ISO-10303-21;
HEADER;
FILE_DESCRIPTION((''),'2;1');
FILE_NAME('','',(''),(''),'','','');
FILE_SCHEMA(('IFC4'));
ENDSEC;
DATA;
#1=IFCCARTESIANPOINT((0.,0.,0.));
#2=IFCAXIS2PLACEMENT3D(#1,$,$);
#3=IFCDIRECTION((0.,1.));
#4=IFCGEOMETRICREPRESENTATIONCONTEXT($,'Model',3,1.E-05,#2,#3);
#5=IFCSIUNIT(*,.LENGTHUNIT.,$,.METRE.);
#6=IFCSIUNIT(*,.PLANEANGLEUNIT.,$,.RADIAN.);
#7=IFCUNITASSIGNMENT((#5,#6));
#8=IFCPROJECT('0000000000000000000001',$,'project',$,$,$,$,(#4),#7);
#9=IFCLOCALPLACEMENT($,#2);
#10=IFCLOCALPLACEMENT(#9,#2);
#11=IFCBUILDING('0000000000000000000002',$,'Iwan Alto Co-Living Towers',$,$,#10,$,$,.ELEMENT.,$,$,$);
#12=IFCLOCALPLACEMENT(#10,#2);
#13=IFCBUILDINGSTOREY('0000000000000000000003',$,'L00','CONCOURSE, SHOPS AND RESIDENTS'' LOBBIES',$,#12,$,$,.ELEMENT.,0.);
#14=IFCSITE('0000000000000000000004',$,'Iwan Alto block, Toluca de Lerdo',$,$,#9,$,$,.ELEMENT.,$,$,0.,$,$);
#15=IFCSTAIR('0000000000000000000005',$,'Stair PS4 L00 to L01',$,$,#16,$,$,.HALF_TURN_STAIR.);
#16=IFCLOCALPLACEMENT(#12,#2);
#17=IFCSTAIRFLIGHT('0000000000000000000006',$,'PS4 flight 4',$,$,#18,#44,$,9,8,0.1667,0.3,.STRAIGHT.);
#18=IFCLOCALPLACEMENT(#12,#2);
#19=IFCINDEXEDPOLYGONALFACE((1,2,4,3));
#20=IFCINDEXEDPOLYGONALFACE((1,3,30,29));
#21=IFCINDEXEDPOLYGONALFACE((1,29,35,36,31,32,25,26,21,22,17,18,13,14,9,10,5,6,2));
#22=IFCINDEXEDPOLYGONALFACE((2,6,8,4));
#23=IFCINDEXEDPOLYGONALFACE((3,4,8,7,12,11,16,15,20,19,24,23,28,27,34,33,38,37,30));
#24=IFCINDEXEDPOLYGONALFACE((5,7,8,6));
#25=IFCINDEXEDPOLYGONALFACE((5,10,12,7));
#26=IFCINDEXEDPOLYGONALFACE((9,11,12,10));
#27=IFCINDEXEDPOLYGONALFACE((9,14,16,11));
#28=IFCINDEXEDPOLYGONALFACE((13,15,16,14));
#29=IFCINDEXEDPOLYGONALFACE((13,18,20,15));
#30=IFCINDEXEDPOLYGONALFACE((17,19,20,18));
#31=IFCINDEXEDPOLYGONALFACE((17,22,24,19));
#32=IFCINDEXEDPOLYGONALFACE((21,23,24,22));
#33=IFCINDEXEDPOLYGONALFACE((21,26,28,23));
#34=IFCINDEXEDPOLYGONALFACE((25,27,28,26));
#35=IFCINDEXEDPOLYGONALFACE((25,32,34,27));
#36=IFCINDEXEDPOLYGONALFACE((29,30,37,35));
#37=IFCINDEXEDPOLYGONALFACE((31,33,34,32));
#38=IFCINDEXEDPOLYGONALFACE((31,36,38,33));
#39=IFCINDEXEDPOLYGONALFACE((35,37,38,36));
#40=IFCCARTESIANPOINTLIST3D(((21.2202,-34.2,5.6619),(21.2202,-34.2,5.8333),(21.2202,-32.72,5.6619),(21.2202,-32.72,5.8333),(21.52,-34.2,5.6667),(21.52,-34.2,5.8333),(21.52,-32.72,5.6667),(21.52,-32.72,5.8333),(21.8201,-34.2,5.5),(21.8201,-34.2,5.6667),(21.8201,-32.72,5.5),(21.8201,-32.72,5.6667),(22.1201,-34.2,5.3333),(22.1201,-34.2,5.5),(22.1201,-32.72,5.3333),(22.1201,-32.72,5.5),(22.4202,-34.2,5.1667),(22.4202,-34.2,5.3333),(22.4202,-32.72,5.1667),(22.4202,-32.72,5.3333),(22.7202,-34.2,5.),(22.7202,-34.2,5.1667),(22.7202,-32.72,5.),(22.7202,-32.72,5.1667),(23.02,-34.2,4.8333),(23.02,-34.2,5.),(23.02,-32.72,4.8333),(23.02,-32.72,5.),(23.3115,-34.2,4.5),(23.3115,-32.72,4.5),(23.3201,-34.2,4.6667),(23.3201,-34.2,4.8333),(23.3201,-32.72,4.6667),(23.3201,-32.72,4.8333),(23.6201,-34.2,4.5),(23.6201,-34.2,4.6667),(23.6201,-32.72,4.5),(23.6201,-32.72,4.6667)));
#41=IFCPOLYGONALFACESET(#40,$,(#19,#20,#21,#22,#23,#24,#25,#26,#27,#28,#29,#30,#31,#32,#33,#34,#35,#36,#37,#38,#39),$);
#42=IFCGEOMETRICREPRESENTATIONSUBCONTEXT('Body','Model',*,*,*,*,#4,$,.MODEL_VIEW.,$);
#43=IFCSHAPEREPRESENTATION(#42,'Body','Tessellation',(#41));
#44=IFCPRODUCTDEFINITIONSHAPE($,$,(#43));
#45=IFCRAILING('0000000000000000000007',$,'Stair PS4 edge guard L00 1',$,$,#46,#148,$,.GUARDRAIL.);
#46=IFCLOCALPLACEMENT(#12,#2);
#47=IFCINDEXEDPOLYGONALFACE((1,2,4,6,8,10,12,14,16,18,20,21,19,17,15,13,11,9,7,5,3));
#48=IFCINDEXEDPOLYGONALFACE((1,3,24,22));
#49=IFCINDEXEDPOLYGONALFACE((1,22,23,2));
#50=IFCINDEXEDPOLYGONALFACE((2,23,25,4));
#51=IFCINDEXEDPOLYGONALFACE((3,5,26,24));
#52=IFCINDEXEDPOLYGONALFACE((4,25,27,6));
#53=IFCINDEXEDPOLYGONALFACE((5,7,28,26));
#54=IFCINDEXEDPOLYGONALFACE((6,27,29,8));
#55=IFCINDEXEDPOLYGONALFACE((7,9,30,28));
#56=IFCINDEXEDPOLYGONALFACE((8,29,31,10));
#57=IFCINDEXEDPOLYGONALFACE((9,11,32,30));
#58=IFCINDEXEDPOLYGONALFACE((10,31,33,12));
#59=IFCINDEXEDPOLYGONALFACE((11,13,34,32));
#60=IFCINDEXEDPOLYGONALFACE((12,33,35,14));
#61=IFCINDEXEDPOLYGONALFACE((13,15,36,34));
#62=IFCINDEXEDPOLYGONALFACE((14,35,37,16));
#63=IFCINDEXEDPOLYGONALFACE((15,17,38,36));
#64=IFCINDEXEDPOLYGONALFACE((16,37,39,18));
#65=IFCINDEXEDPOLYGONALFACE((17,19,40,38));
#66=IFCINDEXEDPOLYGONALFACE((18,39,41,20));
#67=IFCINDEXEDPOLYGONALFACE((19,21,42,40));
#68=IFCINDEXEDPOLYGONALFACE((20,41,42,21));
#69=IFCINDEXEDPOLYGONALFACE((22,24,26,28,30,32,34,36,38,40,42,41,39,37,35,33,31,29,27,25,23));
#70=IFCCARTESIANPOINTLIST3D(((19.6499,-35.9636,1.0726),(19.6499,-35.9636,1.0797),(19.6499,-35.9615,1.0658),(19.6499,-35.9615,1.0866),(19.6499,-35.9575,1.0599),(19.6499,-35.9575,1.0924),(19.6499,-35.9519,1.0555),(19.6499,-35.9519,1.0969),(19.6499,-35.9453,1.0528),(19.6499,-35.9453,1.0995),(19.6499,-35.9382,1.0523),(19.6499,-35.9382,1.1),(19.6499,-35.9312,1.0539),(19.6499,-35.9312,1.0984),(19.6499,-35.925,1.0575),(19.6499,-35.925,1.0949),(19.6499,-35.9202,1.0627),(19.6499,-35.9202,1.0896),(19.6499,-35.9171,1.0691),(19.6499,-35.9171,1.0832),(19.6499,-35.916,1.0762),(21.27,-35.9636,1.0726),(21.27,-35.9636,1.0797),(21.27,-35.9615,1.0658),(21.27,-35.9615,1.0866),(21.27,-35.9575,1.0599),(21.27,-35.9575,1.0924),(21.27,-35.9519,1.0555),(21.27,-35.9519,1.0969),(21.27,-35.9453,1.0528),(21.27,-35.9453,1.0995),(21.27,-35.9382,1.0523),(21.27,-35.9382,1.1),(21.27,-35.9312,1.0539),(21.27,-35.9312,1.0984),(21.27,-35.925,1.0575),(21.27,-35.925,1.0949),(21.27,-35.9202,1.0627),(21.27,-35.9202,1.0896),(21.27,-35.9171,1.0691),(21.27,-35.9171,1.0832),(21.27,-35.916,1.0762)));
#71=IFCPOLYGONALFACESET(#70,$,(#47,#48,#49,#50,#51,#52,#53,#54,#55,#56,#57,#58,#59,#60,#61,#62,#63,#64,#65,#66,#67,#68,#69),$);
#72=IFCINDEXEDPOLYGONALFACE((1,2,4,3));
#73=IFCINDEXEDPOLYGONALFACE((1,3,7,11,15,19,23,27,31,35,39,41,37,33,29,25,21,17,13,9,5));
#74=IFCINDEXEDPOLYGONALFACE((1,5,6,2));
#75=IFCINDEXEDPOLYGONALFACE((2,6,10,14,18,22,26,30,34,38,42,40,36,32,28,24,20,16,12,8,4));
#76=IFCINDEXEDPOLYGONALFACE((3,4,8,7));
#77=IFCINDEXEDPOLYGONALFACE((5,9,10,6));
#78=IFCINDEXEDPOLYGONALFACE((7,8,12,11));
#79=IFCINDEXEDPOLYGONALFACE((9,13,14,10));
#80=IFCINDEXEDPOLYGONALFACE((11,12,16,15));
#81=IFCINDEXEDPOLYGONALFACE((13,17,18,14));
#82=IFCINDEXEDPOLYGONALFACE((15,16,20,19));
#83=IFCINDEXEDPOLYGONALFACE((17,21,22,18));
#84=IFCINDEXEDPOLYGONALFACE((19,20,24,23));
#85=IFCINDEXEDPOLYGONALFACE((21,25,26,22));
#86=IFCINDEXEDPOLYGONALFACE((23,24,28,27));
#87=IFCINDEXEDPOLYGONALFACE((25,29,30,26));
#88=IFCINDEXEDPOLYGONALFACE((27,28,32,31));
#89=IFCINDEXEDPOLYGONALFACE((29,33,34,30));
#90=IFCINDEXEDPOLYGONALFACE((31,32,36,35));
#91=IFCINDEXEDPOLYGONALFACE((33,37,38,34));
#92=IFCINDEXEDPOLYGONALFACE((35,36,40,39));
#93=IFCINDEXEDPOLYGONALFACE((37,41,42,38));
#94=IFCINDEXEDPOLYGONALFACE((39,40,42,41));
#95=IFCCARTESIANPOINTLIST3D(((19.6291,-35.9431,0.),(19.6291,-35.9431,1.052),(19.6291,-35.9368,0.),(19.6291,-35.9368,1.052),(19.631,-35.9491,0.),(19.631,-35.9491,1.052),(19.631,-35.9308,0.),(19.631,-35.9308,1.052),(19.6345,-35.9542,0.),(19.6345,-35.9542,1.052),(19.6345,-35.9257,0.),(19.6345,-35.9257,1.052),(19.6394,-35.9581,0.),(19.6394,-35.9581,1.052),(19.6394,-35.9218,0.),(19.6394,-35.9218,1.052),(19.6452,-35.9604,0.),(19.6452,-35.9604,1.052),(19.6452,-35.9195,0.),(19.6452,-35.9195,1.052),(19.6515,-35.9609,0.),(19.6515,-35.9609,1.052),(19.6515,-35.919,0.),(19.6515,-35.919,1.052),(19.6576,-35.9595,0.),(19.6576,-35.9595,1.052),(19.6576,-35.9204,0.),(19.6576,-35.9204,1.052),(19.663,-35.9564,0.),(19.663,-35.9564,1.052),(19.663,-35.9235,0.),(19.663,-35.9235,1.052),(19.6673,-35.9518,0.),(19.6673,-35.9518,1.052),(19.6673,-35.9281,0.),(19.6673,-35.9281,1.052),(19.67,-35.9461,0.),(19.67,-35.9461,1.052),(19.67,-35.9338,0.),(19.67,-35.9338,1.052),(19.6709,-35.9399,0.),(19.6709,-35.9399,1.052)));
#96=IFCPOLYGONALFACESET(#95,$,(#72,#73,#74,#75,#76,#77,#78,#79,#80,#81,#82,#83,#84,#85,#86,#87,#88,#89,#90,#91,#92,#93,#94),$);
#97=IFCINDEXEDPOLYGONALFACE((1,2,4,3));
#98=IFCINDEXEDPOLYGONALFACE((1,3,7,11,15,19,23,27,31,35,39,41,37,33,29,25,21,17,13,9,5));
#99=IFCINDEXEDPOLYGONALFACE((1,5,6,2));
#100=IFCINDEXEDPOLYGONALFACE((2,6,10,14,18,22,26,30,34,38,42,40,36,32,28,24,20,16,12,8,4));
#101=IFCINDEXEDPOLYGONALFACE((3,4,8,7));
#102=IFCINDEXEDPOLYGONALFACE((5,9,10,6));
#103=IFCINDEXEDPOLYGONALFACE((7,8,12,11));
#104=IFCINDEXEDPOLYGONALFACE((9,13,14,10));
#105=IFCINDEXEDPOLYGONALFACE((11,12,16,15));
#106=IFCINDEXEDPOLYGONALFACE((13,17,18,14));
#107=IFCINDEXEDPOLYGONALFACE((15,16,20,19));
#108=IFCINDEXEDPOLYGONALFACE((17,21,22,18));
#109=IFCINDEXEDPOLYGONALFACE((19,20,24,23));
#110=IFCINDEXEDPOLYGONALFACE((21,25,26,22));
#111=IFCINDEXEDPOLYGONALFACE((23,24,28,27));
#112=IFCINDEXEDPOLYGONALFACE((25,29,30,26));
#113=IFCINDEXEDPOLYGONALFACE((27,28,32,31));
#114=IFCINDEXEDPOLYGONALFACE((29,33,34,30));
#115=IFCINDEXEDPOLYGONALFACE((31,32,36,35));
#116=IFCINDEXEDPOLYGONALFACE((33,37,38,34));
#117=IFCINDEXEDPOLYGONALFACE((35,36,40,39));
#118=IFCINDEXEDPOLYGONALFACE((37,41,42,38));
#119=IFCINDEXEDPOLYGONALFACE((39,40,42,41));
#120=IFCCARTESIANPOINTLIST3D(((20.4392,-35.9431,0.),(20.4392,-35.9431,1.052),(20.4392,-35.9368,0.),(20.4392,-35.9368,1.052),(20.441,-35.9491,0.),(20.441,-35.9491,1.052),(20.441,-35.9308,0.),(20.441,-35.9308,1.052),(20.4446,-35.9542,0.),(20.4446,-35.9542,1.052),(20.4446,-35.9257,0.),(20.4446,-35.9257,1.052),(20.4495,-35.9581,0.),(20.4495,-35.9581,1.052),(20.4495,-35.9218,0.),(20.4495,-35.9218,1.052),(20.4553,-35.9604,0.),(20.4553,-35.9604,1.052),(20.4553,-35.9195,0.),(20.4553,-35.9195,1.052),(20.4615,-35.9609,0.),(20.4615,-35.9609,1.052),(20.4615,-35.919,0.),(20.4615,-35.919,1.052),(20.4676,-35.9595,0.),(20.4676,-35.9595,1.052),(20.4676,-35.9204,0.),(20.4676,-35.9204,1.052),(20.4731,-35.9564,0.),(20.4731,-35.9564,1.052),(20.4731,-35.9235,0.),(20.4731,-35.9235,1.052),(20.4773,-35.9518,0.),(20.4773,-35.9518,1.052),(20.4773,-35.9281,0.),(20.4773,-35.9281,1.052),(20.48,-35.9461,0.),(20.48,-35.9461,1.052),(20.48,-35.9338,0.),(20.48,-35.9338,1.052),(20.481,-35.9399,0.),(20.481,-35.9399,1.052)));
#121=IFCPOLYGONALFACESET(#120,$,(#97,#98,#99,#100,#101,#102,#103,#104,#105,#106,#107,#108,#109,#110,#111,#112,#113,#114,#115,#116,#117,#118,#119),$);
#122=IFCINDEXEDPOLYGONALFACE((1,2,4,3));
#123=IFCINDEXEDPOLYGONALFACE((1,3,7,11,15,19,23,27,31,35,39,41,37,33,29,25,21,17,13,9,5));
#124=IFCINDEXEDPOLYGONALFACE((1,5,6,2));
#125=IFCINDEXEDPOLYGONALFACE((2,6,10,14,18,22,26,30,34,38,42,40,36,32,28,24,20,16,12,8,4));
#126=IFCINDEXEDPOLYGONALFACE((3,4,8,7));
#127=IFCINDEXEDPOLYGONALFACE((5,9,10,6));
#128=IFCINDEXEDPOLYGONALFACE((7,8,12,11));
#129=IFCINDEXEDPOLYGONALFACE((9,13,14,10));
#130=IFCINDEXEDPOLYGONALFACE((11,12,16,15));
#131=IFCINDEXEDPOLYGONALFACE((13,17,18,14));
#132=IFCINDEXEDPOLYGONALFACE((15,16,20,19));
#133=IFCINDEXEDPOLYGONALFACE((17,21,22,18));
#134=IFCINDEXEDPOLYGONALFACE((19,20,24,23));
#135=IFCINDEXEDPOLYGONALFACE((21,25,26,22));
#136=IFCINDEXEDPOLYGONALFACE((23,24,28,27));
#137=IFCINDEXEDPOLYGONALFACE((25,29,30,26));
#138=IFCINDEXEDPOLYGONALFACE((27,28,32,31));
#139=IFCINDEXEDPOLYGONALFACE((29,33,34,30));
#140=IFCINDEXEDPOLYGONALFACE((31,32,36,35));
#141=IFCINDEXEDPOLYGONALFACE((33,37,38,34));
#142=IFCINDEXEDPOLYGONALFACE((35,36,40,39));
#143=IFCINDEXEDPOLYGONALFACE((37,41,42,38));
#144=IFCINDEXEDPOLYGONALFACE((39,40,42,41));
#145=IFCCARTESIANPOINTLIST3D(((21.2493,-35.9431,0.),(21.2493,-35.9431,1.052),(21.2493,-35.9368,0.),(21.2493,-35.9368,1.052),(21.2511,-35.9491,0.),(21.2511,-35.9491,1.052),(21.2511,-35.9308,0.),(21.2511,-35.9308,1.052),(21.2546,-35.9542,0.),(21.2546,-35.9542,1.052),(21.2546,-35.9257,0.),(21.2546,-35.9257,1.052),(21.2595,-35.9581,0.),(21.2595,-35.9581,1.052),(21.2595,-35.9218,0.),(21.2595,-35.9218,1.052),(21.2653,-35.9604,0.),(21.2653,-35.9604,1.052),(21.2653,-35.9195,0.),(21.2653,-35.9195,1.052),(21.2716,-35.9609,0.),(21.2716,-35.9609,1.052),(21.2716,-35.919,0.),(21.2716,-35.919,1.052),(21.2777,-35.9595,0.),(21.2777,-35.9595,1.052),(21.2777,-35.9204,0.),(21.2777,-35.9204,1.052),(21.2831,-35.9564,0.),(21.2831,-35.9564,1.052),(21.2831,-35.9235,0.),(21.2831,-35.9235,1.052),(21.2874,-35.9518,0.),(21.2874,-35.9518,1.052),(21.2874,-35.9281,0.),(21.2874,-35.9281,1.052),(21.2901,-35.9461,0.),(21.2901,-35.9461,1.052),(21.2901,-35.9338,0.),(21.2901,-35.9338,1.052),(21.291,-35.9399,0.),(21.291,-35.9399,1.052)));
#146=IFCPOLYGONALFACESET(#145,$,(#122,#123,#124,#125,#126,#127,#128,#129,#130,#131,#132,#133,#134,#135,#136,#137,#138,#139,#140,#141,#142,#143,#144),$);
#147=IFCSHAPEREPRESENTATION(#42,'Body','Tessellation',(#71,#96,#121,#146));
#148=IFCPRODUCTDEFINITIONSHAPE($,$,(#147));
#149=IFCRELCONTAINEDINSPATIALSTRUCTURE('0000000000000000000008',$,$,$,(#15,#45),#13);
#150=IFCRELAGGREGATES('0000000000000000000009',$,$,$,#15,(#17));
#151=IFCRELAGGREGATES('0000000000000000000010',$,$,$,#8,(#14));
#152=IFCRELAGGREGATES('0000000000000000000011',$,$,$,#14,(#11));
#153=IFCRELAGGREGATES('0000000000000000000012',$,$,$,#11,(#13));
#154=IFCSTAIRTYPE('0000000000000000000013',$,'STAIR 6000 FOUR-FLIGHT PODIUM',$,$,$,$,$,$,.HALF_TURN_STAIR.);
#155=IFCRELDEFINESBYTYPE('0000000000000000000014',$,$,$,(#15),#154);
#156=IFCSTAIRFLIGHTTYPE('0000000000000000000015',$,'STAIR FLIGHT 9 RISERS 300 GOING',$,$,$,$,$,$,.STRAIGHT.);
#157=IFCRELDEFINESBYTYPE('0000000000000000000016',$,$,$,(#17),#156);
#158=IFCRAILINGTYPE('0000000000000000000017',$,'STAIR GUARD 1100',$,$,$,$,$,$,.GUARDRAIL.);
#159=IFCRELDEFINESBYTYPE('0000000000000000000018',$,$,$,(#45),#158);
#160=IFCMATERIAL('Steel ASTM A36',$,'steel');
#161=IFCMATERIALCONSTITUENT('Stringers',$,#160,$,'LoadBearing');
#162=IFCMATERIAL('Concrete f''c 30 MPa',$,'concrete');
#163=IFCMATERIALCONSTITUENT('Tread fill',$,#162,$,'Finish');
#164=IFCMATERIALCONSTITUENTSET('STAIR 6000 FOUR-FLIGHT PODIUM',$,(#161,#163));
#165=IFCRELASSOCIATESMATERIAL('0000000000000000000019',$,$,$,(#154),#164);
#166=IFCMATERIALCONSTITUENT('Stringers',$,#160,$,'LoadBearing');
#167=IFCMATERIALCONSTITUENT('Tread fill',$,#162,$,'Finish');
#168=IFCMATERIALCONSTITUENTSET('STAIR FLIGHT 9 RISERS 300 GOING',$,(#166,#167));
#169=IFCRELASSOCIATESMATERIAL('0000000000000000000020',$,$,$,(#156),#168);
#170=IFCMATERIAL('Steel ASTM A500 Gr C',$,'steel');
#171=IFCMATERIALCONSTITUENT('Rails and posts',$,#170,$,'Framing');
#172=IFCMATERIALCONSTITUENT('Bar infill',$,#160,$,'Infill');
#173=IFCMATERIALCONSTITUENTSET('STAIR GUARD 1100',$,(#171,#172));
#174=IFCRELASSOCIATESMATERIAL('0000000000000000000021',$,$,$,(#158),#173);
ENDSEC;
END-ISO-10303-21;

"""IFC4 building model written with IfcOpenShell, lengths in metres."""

from ifc_helpers import new_model, si_unit, direction, frame, origin, origin_2d, place, context, subcontext, project, spatial, polyline, circle, outline, extrude, material, constituent, constituent_set, type_object, element, aggregate, save


model = new_model("IFC4")

# Units and contexts
model_context = context("Model", 3, precision=1e-05, world=origin(), true_north=direction((0.0, 1.0)))
body_context = subcontext(model_context, "Body", "Model", "MODEL_VIEW")
ifc_project = project(units=[si_unit("LENGTHUNIT", "METRE"), si_unit("PLANEANGLEUNIT", "RADIAN")], contexts=[model_context])

# Site, building, storey
site_placement = place(None, origin())
site = spatial("IfcSite", under=ifc_project, at=site_placement, Name="Iwan Alto block, Toluca de Lerdo", CompositionType="ELEMENT", RefElevation=0.0)
building_placement = place(site_placement, origin())
building = spatial("IfcBuilding", under=site, at=building_placement, Name="Iwan Alto Co-Living Towers", CompositionType="ELEMENT")
storey_placement = place(building_placement, origin())
storey = spatial("IfcBuildingStorey", under=building, at=storey_placement, Name="L00", Description="CONCOURSE, SHOPS AND RESIDENTS' LOBBIES", CompositionType="ELEMENT", Elevation=0.0)

# Stair, stair flight
ifc_material_1 = material(Name="Steel ASTM A36", Category="steel")
ifc_constituent_1 = constituent(ifc_material_1, Name="Stringers", Category="LoadBearing")
ifc_material_2 = material(Name="Concrete f'c 30 MPa", Category="concrete")
ifc_constituent_2 = constituent(ifc_material_2, Name="Tread fill", Category="Finish")
ifc_constituent_set_1 = constituent_set(constituents=[ifc_constituent_1, ifc_constituent_2], Name="STAIR 6000 FOUR-FLIGHT PODIUM")
stair_type = type_object("IfcStairType", Name="STAIR 6000 FOUR-FLIGHT PODIUM", PredefinedType="HALF_TURN_STAIR", material=ifc_constituent_set_1)
stair_placement = place(storey_placement, origin())
stair = element("IfcStair", 1, at=stair_placement, inside=storey, type_object=stair_type, Name="Stair PS4 L00 to L01", PredefinedType="HALF_TURN_STAIR")
ifc_constituent_3 = constituent(ifc_material_1, Name="Stringers", Category="LoadBearing")
ifc_constituent_4 = constituent(ifc_material_2, Name="Tread fill", Category="Finish")
ifc_constituent_set_2 = constituent_set(constituents=[ifc_constituent_3, ifc_constituent_4], Name="STAIR FLIGHT 9 RISERS 300 GOING")
stair_flight_type = type_object("IfcStairFlightType", Name="STAIR FLIGHT 9 RISERS 300 GOING", PredefinedType="STRAIGHT", material=ifc_constituent_set_2)
stair_flight_1_placement = place(storey_placement, frame((23.6201, -33.46, 4.5), z_axis=(0.0, 0.0, 1.0), x_axis=(-1.0, 0.0, 0.0)))
stair_flight_1 = element("IfcStairFlight", 2, at=stair_flight_1_placement, type_object=stair_flight_type, Name="PS4 flight 4", NumberOfRisers=9, NumberOfTreads=8, PredefinedType="STRAIGHT", RiserHeight=0.1667, TreadLength=0.3, context=body_context, shape_type="SweptSolid", body=[
    extrude(outline(polyline([(0.0, 0.0), (0.0, 0.1667), (0.3, 0.1667), (0.3, 0.3333), (0.6001, 0.3333), (0.6001, 0.5), (0.8999, 0.5), (0.8999, 0.6667), (1.2, 0.6667), (1.2, 0.8333), (1.5, 0.8333), (1.5, 1.0), (1.8, 1.0), (1.8, 1.1667), (2.1001, 1.1667), (2.1001, 1.3333), (2.3999, 1.3333), (2.3999, 1.5), (2.3999, 1.1619), (0.3086, 0.0), (0.0, 0.0)])), frame((0.0, 0.74, 0.0), z_axis=(0.0, -1.0, 0.0), x_axis=(1.0, 0.0, 0.0)), (0.0, 0.0, 1.0), 1.48),
])
aggregate(stair, [stair_flight_1])

# Railing
ifc_material_3 = material(Name="Steel ASTM A500 Gr C", Category="steel")
ifc_constituent_5 = constituent(ifc_material_3, Name="Rails and posts", Category="Framing")
ifc_constituent_6 = constituent(ifc_material_1, Name="Bar infill", Category="Infill")
ifc_constituent_set_3 = constituent_set(constituents=[ifc_constituent_5, ifc_constituent_6], Name="STAIR GUARD 1100")
railing_type_1 = type_object("IfcRailingType", Name="STAIR GUARD 1100", PredefinedType="GUARDRAIL", material=ifc_constituent_set_3)
railing_1_placement = place(storey_placement, frame((19.6499, -35.9399, 0.0)))
element("IfcRailing", 3, at=railing_1_placement, inside=storey, type_object=railing_type_1, Name="Stair PS4 edge guard L00 1", PredefinedType="GUARDRAIL", context=body_context, shape_type="SweptSolid", body=[
    extrude(circle(Radius=0.0239, at=origin_2d()), frame((0.0, 0.0, 1.0762), z_axis=(1.0, 0.0, 0.0), x_axis=(0.0, 1.0, 0.0)), (0.0, 0.0, 1.0), 1.6201),
    extrude(circle(Radius=0.021, at=origin_2d()), origin(), (0.0, 0.0, 1.0), 1.052),
    extrude(circle(Radius=0.021, at=origin_2d()), frame((0.8101, 0.0, 0.0)), (0.0, 0.0, 1.0), 1.052),
    extrude(circle(Radius=0.021, at=origin_2d()), frame((1.6201, 0.0, 0.0)), (0.0, 0.0, 1.0), 1.052),
])

save(model, "model.ifc")
